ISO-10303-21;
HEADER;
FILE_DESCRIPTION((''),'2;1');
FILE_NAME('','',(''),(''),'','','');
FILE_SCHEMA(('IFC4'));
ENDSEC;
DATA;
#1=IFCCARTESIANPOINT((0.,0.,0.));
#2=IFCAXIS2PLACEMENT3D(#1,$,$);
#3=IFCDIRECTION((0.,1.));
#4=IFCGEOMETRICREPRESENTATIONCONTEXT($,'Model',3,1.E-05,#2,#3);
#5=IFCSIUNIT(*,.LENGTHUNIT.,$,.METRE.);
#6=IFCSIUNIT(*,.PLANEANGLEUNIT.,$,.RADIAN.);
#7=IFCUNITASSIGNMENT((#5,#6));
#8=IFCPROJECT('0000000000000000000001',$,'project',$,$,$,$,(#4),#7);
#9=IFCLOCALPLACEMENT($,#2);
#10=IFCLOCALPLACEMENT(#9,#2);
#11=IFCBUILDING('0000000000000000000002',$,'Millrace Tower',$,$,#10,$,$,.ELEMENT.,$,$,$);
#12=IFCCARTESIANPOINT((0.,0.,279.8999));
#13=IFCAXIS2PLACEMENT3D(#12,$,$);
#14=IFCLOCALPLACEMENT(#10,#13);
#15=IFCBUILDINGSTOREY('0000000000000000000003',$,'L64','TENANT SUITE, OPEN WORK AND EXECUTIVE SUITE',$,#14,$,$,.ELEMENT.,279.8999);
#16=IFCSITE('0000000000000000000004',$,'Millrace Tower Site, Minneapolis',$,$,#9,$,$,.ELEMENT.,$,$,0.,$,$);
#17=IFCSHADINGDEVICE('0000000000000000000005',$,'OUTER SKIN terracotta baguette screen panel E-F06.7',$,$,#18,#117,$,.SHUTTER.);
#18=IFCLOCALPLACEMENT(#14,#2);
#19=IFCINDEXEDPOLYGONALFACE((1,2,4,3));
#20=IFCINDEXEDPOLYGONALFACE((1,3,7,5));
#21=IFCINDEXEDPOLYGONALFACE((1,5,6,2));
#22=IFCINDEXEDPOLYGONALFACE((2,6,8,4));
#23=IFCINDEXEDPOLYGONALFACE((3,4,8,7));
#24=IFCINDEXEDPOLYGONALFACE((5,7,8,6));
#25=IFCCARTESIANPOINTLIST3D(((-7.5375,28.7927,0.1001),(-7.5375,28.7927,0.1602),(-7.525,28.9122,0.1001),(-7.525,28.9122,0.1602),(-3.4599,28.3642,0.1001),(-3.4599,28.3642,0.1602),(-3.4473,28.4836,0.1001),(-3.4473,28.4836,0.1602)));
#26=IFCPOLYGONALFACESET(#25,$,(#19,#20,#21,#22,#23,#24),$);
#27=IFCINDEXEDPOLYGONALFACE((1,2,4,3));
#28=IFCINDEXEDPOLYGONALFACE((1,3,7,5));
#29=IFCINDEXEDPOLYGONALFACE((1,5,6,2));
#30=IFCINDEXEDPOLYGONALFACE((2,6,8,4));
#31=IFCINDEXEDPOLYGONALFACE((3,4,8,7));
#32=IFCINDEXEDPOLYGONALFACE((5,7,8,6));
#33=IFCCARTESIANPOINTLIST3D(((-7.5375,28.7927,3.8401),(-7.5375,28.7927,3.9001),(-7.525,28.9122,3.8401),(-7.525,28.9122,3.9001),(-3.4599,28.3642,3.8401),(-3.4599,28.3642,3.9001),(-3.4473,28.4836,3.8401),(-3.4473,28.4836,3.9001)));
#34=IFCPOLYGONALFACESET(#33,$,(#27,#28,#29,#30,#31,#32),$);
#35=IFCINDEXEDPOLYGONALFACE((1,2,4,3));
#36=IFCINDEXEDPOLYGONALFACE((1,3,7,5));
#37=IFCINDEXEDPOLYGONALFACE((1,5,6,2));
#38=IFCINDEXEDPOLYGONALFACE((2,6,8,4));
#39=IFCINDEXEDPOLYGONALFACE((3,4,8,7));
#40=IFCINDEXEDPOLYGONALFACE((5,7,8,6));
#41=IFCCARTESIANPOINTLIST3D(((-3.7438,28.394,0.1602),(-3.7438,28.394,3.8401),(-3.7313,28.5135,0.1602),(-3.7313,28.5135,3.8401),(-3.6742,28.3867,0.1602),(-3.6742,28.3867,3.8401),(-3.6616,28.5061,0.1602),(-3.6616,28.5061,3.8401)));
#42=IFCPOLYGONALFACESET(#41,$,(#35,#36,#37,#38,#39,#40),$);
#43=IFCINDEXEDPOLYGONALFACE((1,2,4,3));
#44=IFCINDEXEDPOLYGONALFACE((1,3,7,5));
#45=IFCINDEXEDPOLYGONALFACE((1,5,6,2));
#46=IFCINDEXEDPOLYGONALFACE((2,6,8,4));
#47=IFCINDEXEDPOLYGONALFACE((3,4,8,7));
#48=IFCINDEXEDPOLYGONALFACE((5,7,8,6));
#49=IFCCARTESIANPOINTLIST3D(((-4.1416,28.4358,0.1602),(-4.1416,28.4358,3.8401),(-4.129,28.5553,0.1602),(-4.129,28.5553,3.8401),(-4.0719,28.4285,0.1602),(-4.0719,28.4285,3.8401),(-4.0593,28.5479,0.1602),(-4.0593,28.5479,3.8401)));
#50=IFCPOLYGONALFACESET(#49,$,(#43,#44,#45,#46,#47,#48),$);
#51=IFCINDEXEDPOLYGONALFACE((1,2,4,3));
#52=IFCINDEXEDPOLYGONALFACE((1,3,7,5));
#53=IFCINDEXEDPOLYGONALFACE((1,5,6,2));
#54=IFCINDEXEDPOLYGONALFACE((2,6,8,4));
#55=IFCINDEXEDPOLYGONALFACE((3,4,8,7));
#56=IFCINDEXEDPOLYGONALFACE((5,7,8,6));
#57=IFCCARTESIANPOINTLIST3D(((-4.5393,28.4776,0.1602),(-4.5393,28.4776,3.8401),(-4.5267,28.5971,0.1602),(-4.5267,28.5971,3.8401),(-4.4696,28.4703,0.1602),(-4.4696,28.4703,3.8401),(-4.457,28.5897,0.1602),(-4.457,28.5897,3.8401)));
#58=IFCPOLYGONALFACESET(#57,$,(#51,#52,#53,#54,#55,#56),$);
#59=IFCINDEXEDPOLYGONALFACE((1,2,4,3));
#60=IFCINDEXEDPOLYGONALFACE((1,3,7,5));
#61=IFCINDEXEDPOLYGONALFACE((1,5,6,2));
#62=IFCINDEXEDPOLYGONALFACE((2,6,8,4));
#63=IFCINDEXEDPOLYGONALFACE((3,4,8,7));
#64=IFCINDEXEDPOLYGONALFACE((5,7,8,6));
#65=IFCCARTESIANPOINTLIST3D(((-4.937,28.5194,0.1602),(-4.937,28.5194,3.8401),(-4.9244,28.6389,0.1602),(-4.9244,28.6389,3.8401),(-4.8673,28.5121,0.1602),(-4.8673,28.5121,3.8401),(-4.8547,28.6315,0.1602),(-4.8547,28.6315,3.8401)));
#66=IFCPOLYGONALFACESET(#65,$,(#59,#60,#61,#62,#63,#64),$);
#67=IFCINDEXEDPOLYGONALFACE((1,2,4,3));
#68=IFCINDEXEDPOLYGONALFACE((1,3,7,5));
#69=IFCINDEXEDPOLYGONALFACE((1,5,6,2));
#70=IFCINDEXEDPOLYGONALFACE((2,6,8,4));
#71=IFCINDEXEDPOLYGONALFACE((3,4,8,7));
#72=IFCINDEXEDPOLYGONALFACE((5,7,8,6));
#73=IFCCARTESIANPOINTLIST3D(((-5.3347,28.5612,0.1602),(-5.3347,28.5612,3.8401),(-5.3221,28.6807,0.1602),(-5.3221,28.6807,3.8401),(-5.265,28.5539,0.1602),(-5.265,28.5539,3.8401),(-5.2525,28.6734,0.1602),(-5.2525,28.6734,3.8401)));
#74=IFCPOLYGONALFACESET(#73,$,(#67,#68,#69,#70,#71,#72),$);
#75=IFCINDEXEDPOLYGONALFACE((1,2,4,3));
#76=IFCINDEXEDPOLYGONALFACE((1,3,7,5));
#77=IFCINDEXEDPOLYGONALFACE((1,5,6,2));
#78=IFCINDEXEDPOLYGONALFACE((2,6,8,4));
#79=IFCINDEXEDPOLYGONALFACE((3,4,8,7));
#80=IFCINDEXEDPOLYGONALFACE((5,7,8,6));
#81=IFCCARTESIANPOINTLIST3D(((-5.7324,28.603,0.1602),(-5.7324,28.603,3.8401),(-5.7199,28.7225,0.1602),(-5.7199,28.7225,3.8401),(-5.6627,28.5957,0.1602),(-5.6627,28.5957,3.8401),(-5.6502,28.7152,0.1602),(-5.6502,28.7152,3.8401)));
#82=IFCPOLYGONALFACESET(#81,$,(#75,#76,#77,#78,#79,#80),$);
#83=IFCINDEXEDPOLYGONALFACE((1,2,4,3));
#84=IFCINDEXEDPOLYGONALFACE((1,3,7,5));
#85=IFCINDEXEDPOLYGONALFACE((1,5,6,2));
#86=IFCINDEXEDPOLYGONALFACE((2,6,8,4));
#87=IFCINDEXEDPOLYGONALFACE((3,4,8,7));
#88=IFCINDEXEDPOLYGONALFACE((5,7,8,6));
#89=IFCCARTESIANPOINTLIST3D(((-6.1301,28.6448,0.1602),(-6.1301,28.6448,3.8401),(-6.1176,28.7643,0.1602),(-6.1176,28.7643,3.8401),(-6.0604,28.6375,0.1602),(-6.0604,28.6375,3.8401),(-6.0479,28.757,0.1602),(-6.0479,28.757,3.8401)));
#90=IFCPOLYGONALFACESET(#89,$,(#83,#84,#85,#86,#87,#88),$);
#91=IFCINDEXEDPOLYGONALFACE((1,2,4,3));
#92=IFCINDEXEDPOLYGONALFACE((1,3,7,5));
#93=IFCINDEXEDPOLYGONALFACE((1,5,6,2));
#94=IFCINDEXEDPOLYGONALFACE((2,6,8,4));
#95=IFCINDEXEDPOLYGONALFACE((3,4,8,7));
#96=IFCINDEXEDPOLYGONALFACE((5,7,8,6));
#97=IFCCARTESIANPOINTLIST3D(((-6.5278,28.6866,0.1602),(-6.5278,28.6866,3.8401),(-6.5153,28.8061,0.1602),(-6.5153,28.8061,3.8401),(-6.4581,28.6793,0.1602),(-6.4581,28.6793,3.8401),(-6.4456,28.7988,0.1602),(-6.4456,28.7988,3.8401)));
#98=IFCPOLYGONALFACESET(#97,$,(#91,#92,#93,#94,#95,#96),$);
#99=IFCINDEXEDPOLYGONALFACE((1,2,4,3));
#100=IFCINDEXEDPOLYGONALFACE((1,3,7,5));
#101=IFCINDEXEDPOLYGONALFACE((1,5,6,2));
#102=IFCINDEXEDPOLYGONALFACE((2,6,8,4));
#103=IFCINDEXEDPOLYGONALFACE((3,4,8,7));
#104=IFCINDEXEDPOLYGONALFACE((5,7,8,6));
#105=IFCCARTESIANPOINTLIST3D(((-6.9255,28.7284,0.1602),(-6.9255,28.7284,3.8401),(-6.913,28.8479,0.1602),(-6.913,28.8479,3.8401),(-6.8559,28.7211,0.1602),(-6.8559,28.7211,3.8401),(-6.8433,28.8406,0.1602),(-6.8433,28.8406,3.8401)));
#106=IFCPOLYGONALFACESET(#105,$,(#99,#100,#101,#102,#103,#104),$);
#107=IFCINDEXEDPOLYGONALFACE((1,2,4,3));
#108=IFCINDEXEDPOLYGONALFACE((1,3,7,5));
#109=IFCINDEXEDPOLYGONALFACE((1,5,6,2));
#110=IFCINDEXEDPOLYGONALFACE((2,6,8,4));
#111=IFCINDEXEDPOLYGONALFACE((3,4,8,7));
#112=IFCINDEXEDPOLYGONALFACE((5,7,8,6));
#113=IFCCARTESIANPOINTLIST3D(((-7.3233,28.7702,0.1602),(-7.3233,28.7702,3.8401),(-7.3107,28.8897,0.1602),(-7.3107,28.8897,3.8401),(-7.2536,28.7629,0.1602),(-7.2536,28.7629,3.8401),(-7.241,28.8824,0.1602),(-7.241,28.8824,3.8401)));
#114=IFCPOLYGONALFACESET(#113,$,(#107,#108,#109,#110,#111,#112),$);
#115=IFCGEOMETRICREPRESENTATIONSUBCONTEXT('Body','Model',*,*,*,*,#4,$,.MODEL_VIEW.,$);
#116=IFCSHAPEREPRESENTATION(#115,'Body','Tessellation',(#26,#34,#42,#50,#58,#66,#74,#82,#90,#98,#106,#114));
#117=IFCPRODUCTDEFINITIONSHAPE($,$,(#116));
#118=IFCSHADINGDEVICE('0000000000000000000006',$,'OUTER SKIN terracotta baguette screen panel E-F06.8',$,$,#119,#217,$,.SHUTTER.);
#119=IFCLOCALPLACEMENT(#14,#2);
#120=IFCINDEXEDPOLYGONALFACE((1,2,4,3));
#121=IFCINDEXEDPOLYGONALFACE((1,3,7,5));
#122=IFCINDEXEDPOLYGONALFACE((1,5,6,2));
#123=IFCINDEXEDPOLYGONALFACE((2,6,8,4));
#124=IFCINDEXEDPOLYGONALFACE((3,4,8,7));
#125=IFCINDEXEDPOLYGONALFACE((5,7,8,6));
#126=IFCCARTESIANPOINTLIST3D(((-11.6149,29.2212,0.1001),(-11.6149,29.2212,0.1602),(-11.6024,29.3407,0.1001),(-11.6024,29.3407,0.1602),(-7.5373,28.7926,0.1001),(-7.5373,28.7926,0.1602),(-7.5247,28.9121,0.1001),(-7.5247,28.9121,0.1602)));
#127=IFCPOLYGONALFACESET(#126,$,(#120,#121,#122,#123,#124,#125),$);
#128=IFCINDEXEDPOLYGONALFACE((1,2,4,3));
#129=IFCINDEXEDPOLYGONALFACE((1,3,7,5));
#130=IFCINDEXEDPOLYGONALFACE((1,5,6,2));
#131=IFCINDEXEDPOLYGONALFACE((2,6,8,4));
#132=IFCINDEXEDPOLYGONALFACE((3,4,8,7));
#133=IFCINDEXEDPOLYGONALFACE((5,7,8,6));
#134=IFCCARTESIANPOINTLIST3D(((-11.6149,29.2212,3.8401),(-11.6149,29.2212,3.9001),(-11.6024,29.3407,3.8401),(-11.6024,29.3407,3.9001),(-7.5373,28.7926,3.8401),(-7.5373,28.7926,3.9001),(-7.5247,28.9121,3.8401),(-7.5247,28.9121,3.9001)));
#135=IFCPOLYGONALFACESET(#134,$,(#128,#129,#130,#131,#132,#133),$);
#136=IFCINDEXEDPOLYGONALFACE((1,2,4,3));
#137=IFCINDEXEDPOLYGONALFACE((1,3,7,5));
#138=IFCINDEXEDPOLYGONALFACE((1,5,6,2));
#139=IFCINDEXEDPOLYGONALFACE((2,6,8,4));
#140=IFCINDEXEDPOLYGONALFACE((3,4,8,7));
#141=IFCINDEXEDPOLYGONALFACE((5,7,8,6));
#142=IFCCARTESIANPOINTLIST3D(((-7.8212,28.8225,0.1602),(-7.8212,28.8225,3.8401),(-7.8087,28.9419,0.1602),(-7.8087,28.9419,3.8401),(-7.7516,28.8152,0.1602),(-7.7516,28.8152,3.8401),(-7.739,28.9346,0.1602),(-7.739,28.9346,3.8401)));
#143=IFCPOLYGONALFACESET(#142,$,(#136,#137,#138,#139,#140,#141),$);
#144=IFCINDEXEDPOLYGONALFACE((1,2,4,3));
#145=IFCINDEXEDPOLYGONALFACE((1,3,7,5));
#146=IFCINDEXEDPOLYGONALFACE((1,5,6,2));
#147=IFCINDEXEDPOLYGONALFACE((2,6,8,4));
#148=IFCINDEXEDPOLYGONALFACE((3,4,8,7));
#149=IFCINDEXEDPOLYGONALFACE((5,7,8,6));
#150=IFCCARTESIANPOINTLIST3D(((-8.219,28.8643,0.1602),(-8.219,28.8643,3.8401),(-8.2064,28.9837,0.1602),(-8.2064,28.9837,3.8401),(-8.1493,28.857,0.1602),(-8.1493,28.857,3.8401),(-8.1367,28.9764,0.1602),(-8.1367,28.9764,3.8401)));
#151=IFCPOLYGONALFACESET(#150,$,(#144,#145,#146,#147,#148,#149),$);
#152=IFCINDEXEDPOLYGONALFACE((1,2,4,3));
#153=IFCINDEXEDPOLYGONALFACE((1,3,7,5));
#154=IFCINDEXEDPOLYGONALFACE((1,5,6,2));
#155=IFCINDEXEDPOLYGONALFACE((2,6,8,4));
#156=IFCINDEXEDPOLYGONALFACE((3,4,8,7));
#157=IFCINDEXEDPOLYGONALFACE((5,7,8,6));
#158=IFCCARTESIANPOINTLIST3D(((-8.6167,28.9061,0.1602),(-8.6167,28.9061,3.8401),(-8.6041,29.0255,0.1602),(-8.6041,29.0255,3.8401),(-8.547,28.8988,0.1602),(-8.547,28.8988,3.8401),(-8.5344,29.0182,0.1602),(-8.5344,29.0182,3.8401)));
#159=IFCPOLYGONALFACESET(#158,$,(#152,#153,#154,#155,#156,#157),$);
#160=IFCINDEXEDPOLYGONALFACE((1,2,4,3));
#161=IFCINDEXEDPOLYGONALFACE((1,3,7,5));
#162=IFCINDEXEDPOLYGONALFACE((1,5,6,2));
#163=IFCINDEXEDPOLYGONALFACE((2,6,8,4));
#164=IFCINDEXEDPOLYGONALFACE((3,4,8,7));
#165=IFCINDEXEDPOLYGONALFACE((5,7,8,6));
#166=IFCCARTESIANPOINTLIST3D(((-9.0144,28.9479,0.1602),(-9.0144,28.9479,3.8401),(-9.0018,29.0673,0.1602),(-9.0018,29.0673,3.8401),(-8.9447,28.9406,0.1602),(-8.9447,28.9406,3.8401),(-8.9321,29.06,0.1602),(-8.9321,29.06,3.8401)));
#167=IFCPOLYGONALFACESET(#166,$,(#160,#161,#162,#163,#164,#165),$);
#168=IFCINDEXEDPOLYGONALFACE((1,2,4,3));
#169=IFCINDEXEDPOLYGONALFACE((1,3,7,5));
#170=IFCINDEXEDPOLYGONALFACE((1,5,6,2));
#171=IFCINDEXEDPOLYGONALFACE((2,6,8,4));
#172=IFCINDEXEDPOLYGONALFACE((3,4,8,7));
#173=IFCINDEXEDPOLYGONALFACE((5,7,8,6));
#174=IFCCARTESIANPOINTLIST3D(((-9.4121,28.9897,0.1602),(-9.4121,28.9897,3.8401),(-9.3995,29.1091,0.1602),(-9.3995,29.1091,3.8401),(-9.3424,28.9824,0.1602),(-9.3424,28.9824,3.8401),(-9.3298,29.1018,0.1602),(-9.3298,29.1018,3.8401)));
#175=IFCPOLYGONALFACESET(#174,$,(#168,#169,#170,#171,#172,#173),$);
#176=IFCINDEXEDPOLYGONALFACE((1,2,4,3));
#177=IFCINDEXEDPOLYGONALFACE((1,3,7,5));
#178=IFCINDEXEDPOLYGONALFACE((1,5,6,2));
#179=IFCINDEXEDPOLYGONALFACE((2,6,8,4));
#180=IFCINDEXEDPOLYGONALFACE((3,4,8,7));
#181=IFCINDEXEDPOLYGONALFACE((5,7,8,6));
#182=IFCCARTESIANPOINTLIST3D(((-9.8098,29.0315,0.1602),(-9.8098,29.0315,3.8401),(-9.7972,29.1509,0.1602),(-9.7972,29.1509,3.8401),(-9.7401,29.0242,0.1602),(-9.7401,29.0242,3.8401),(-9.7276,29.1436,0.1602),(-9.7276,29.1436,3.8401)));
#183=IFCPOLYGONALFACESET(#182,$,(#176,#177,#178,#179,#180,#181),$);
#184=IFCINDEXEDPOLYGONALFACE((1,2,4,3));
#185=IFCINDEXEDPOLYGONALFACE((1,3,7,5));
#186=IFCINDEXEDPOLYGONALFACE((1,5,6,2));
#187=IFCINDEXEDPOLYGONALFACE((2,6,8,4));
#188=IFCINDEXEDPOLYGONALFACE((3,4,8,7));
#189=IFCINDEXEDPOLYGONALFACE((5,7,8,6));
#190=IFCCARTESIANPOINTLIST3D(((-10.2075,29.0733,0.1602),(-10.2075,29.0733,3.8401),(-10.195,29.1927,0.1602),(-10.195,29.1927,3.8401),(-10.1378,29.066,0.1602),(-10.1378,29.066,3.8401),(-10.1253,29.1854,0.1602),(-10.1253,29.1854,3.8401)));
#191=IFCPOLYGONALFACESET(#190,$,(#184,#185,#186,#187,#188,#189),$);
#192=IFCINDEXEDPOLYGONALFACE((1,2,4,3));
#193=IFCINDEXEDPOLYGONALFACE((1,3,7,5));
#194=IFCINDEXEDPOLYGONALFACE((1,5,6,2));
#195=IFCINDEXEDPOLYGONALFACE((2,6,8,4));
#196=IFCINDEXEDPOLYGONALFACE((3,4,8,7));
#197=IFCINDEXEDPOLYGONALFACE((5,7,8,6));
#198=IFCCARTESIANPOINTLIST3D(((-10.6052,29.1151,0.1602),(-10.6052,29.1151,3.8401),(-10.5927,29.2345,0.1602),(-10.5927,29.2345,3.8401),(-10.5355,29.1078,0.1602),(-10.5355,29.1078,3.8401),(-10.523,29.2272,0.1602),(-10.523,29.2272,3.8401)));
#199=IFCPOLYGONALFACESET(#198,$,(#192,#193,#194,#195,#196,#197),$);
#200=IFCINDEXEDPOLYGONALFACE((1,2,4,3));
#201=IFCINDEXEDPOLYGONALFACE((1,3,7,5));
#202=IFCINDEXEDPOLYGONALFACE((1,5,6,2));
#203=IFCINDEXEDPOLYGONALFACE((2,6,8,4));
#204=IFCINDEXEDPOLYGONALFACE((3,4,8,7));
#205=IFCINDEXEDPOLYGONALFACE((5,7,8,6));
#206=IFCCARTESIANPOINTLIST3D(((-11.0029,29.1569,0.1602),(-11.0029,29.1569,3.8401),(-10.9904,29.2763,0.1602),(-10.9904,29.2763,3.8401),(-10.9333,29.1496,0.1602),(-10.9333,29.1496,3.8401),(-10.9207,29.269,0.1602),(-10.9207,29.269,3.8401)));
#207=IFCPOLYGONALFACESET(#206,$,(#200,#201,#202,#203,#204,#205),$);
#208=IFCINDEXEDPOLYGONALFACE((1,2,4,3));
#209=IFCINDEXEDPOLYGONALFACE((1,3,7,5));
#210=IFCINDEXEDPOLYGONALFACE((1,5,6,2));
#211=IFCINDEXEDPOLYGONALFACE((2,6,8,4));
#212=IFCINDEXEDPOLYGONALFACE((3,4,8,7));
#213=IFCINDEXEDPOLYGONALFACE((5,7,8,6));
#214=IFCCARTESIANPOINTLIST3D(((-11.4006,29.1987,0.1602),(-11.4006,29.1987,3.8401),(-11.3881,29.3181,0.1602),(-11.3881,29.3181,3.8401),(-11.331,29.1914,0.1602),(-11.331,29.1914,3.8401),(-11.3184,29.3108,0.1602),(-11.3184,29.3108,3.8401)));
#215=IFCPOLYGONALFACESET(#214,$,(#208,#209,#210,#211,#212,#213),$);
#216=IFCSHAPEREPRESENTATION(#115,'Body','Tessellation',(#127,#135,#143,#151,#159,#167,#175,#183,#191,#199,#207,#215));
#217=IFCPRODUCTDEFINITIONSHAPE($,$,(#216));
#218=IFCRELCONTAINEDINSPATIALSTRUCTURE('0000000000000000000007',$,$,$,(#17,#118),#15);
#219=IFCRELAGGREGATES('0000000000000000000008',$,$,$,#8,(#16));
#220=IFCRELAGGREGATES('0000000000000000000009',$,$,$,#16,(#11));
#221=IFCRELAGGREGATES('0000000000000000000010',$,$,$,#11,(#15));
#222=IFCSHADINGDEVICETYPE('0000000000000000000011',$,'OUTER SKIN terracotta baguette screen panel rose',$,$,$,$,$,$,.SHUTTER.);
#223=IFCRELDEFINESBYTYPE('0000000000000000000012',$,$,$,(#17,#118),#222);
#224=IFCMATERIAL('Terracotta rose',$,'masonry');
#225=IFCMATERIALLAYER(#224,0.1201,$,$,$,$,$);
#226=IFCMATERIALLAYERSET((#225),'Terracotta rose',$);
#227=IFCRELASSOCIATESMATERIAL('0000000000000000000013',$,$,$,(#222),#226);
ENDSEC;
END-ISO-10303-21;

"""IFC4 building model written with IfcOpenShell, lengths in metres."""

from ifc_helpers import new_model, entity, si_unit, direction, frame, frame_2d, origin, place, context, subcontext, project, spatial, rectangle, extrude, source, transform, mapped, material, layer, layer_set, type_object, element, save


model = new_model("IFC4")

# Units and contexts
model_context = context("Model", 3, precision=1e-05, world=origin(), true_north=direction((0.0, 1.0)))
body_context = subcontext(model_context, "Body", "Model", "MODEL_VIEW")
ifc_project = project(units=[si_unit("LENGTHUNIT", "METRE"), si_unit("PLANEANGLEUNIT", "RADIAN")], contexts=[model_context])

# Site, building, storey
site_placement = place(None, origin())
site = spatial("IfcSite", under=ifc_project, at=site_placement, Name="Millrace Tower Site, Minneapolis", CompositionType="ELEMENT", RefElevation=0.0)
building_placement = place(site_placement, origin())
building = spatial("IfcBuilding", under=site, at=building_placement, Name="Millrace Tower", CompositionType="ELEMENT")
storey_placement = place(building_placement, frame((0.0, 0.0, 279.8999)))
storey = spatial("IfcBuildingStorey", under=building, at=storey_placement, Name="L64", Description="TENANT SUITE, OPEN WORK AND EXECUTIVE SUITE", CompositionType="ELEMENT", Elevation=279.8999)

# Shading devices
ifc_material_1 = material(Name="Terracotta rose", Category="masonry")
ifc_layer_1 = layer(ifc_material_1, 0.1201)
ifc_layer_set_1 = layer_set([ifc_layer_1], Name="Terracotta rose")
shading_device_type = type_object("IfcShadingDeviceType", Name="OUTER SKIN terracotta baguette screen panel rose", PredefinedType="SHUTTER", material=ifc_layer_set_1)
cartesian_point_1 = entity("IfcCartesianPoint", [-2.05, 0.0601])
shared_polyline_1 = entity("IfcPolyline", [cartesian_point_1, entity("IfcCartesianPoint", [2.05, 0.0601]), entity("IfcCartesianPoint", [2.05, -0.0601]), entity("IfcCartesianPoint", [-2.05, -0.0601]), cartesian_point_1])
shared_shape_1 = source(origin(), body_context, "Body", "SweptSolid", [
    entity("IfcExtrudedAreaSolid", entity("IfcArbitraryClosedProfileDef", "AREA", None, shared_polyline_1), entity("IfcAxis2Placement3D", entity("IfcCartesianPoint", [0.0, 0.0, 0.0])), entity("IfcDirection", [0.0, 0.0, 1.0]), 0.0601),
    entity("IfcExtrudedAreaSolid", entity("IfcArbitraryClosedProfileDef", "AREA", None, shared_polyline_1), entity("IfcAxis2Placement3D", entity("IfcCartesianPoint", [0.0, 0.0, 3.74])), entity("IfcDirection", [0.0, 0.0, 1.0]), 0.0601),
    extrude(rectangle(XDim=0.0701, YDim=0.1201, at=frame_2d((-1.7996, 0.0))), frame((0.0, 0.0, 0.0601)), (0.0, 0.0, 1.0), 3.6799),
    extrude(rectangle(XDim=0.0701, YDim=0.1201, at=frame_2d((-1.3997, 0.0))), frame((0.0, 0.0, 0.0601)), (0.0, 0.0, 1.0), 3.6799),
    extrude(rectangle(XDim=0.0701, YDim=0.1201, at=frame_2d((-0.9998, 0.0))), frame((0.0, 0.0, 0.0601)), (0.0, 0.0, 1.0), 3.6799),
    extrude(rectangle(XDim=0.0701, YDim=0.1201, at=frame_2d((-0.5999, 0.0))), frame((0.0, 0.0, 0.0601)), (0.0, 0.0, 1.0), 3.6799),
    extrude(rectangle(XDim=0.0701, YDim=0.1201, at=frame_2d((-0.2, 0.0))), frame((0.0, 0.0, 0.0601)), (0.0, 0.0, 1.0), 3.6799),
    extrude(rectangle(XDim=0.0701, YDim=0.1201, at=frame_2d((0.2, 0.0))), frame((0.0, 0.0, 0.0601)), (0.0, 0.0, 1.0), 3.6799),
    extrude(rectangle(XDim=0.0701, YDim=0.1201, at=frame_2d((0.5999, 0.0))), frame((0.0, 0.0, 0.0601)), (0.0, 0.0, 1.0), 3.6799),
    extrude(rectangle(XDim=0.0701, YDim=0.1201, at=frame_2d((0.9998, 0.0))), frame((0.0, 0.0, 0.0601)), (0.0, 0.0, 1.0), 3.6799),
    extrude(rectangle(XDim=0.0701, YDim=0.1201, at=frame_2d((1.3997, 0.0))), frame((0.0, 0.0, 0.0601)), (0.0, 0.0, 1.0), 3.6799),
    extrude(rectangle(XDim=0.0701, YDim=0.1201, at=frame_2d((1.7996, 0.0))), frame((0.0, 0.0, 0.0601)), (0.0, 0.0, 1.0), 3.6799),
])
for number, where, z_axis, x_axis, name in (
    (1, (-5.4924, 28.6382, 0.1001), (0.0, 0.0, 1.0), (-0.994522, 0.104528, 0.0), "OUTER SKIN terracotta baguette screen panel E-F06.7"),
    (2, (-9.5698, 29.0667, 0.1001), (0.0, 0.0, 1.0), (-0.994522, 0.104528, 0.0), "OUTER SKIN terracotta baguette screen panel E-F06.8"),
):
    element("IfcShadingDevice", number, at=place(storey_placement, frame(where, z_axis=z_axis, x_axis=x_axis)), inside=storey, type_object=shading_device_type, Name=name, PredefinedType="SHUTTER", context=body_context, shape_type="MappedRepresentation", body=[
        mapped(shared_shape_1, transform((0.0, 0.0, 0.0), scale=1.0)),
    ])

save(model, "model.ifc")
